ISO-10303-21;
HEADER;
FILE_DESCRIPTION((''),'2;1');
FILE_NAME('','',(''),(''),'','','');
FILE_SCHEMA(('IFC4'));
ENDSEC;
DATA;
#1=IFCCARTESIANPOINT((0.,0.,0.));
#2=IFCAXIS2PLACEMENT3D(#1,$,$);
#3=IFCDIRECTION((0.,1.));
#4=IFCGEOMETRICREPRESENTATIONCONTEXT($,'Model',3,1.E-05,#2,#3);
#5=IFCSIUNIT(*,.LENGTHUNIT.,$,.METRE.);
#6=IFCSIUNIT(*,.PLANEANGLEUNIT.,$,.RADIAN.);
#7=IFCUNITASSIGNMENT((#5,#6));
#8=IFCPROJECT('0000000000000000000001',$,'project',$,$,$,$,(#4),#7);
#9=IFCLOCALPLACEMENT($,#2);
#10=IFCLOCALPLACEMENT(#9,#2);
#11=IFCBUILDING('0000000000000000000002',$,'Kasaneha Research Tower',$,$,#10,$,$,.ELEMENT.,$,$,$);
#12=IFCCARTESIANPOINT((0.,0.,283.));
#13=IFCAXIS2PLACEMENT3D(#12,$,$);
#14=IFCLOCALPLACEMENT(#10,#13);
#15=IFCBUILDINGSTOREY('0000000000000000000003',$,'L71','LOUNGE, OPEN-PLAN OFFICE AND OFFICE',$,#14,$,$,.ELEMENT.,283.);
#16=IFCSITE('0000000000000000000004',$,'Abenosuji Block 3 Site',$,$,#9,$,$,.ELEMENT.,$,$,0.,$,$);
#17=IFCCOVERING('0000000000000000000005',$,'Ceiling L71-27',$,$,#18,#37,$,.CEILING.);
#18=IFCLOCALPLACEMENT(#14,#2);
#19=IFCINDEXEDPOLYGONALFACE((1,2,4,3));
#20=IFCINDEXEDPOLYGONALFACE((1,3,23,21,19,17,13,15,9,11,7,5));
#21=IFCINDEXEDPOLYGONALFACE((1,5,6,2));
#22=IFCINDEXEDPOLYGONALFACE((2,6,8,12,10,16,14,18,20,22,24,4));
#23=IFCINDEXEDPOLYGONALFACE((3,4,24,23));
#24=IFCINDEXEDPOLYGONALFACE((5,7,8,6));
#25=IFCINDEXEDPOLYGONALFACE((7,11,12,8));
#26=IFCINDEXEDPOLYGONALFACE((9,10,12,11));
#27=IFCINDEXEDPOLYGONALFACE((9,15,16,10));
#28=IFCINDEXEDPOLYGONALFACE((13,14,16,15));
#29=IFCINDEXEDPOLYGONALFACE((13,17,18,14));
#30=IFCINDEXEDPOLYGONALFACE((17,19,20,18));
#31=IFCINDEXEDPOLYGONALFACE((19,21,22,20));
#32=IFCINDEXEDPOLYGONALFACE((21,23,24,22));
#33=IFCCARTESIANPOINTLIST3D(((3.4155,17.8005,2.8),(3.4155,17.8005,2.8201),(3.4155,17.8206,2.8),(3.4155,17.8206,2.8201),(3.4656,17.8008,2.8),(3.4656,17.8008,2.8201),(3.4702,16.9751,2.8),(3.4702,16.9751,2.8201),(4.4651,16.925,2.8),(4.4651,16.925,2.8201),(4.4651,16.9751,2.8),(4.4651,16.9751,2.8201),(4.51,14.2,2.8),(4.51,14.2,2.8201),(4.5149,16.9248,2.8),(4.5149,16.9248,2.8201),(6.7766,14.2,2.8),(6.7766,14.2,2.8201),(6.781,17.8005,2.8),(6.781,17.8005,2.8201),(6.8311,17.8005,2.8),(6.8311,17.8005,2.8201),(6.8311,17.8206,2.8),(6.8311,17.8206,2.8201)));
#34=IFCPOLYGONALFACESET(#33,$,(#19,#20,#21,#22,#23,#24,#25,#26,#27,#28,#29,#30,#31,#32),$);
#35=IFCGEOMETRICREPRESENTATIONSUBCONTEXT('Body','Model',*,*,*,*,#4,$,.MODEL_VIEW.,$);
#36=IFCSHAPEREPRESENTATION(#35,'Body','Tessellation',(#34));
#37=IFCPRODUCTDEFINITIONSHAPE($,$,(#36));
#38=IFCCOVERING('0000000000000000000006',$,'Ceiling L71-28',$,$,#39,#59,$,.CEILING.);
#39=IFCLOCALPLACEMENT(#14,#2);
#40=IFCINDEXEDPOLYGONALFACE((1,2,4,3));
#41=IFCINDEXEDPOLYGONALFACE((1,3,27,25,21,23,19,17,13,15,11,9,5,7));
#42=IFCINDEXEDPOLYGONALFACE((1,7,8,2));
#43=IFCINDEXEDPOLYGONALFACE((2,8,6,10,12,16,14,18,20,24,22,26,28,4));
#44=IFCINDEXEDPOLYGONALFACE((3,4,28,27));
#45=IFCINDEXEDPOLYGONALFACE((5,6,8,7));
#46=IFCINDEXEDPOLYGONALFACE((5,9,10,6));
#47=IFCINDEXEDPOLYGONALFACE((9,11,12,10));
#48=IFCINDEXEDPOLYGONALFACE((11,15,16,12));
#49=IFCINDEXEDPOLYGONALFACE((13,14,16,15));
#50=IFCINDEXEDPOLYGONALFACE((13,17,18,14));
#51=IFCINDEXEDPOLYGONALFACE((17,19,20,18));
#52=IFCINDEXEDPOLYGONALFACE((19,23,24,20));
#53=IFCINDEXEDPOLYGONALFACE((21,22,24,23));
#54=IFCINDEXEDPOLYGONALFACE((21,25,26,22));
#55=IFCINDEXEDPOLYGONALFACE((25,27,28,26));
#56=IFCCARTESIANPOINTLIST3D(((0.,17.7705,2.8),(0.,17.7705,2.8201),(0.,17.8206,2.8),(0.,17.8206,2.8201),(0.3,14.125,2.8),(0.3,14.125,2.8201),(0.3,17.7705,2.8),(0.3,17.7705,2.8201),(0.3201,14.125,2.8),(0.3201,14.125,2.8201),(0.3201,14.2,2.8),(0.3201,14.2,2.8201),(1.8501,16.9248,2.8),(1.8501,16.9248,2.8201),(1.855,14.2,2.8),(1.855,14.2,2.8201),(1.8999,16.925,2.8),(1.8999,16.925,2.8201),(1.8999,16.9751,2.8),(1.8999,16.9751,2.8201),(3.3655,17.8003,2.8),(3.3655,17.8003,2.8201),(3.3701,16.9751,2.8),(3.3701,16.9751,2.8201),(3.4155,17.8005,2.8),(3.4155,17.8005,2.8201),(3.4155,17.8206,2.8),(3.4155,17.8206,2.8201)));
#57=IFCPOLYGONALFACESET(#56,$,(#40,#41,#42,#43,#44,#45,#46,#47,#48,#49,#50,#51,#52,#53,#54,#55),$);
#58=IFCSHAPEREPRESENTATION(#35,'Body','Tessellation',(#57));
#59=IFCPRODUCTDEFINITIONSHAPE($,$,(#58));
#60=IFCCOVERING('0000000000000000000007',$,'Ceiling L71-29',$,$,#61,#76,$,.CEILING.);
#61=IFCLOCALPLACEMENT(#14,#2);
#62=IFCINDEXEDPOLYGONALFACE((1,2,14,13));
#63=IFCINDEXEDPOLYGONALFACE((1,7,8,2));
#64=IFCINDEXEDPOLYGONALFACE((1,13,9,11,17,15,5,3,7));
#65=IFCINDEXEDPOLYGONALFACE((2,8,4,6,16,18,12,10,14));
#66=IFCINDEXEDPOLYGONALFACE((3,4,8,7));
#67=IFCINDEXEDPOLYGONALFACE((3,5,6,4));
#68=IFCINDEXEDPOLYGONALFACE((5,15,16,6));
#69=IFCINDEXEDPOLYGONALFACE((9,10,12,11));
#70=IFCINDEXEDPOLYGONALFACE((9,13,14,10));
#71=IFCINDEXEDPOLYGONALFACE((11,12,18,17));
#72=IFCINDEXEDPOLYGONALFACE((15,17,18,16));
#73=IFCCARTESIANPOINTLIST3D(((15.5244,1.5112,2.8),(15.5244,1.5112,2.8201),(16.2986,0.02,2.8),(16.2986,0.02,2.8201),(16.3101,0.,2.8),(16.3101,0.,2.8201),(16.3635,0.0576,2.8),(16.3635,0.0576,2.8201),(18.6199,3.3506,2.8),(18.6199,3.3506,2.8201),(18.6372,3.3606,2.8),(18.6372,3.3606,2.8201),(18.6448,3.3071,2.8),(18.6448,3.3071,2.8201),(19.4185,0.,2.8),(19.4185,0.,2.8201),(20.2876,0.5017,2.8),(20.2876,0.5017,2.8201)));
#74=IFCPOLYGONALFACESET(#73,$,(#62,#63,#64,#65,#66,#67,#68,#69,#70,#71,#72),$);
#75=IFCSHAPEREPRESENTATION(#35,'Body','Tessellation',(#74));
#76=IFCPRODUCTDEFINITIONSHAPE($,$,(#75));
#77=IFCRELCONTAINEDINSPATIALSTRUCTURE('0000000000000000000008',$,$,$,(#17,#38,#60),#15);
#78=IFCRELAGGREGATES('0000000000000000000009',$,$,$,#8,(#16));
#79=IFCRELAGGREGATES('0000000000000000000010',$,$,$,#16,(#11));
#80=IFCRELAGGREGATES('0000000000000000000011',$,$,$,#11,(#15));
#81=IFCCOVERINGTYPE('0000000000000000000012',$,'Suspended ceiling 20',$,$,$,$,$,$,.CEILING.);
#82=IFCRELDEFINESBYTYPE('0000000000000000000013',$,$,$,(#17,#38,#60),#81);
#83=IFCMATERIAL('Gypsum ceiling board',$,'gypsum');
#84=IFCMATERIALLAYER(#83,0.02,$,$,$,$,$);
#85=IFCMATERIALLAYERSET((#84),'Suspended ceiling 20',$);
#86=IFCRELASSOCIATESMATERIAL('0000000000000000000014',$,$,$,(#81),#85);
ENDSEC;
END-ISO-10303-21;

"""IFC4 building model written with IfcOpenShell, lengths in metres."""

from ifc_helpers import new_model, si_unit, direction, frame, origin, place, context, subcontext, project, spatial, polyline, outline, extrude, material, layer, layer_set, type_object, element, save


model = new_model("IFC4")

# Units and contexts
model_context = context("Model", 3, precision=1e-05, world=origin(), true_north=direction((0.0, 1.0)))
body_context = subcontext(model_context, "Body", "Model", "MODEL_VIEW")
ifc_project = project(units=[si_unit("LENGTHUNIT", "METRE"), si_unit("PLANEANGLEUNIT", "RADIAN")], contexts=[model_context])

# Site, building, storey
site_placement = place(None, origin())
site = spatial("IfcSite", under=ifc_project, at=site_placement, Name="Abenosuji Block 3 Site", CompositionType="ELEMENT", RefElevation=0.0)
building_placement = place(site_placement, origin())
building = spatial("IfcBuilding", under=site, at=building_placement, Name="Kasaneha Research Tower", CompositionType="ELEMENT")
storey_placement = place(building_placement, frame((0.0, 0.0, 283.0)))
storey = spatial("IfcBuildingStorey", under=building, at=storey_placement, Name="L71", Description="LOUNGE, OPEN-PLAN OFFICE AND OFFICE", CompositionType="ELEMENT", Elevation=283.0)

# Coverings
ifc_material_1 = material(Name="Gypsum ceiling board", Category="gypsum")
ifc_layer_1 = layer(ifc_material_1, 0.02)
ifc_layer_set_1 = layer_set([ifc_layer_1], Name="Suspended ceiling 20")
covering_type_1 = type_object("IfcCoveringType", Name="Suspended ceiling 20", PredefinedType="CEILING", material=ifc_layer_set_1)
covering_1_placement = place(storey_placement, frame((0.0, 0.0, 2.8)))
element("IfcCovering", 1, at=covering_1_placement, inside=storey, type_object=covering_type_1, Name="Ceiling L71-27", PredefinedType="CEILING", context=body_context, shape_type="SweptSolid", body=[
    extrude(outline(polyline([(6.8311, 17.8005), (6.781, 17.8005), (6.7766, 14.2), (4.51, 14.2), (4.5149, 16.9248), (4.4651, 16.925), (4.4651, 16.9751), (3.4702, 16.9751), (3.4656, 17.8008), (3.4155, 17.8005), (3.4155, 17.8206), (6.8311, 17.8206), (6.8311, 17.8005)])), origin(), (0.0, 0.0, 1.0), 0.02),
])
covering_2_placement = place(storey_placement, frame((0.0, 0.0, 2.8)))
element("IfcCovering", 2, at=covering_2_placement, inside=storey, type_object=covering_type_1, Name="Ceiling L71-28", PredefinedType="CEILING", context=body_context, shape_type="SweptSolid", body=[
    extrude(outline(polyline([(3.4155, 17.8206), (3.4155, 17.8005), (3.3655, 17.8003), (3.3701, 16.9751), (1.8999, 16.9751), (1.8999, 16.925), (1.8501, 16.9248), (1.855, 14.2), (0.3201, 14.2), (0.3201, 14.125), (0.3, 14.125), (0.3, 17.7705), (0.3, 17.7705), (0.0, 17.7705), (0.0, 17.8206), (3.4155, 17.8206)])), origin(), (0.0, 0.0, 1.0), 0.02),
])
covering_3_placement = place(storey_placement, frame((0.0, 0.0, 2.8)))
element("IfcCovering", 3, at=covering_3_placement, inside=storey, type_object=covering_type_1, Name="Ceiling L71-29", PredefinedType="CEILING", context=body_context, shape_type="SweptSolid", body=[
    extrude(outline(polyline([(20.2876, 0.5017), (19.4185, 0.0), (16.3101, 0.0), (16.2986, 0.02), (16.3635, 0.0576), (15.5244, 1.5112), (18.6448, 3.3071), (18.6199, 3.3506), (18.6372, 3.3606), (20.2876, 0.5017)])), origin(), (0.0, 0.0, 1.0), 0.02),
])

save(model, "model.ifc")
